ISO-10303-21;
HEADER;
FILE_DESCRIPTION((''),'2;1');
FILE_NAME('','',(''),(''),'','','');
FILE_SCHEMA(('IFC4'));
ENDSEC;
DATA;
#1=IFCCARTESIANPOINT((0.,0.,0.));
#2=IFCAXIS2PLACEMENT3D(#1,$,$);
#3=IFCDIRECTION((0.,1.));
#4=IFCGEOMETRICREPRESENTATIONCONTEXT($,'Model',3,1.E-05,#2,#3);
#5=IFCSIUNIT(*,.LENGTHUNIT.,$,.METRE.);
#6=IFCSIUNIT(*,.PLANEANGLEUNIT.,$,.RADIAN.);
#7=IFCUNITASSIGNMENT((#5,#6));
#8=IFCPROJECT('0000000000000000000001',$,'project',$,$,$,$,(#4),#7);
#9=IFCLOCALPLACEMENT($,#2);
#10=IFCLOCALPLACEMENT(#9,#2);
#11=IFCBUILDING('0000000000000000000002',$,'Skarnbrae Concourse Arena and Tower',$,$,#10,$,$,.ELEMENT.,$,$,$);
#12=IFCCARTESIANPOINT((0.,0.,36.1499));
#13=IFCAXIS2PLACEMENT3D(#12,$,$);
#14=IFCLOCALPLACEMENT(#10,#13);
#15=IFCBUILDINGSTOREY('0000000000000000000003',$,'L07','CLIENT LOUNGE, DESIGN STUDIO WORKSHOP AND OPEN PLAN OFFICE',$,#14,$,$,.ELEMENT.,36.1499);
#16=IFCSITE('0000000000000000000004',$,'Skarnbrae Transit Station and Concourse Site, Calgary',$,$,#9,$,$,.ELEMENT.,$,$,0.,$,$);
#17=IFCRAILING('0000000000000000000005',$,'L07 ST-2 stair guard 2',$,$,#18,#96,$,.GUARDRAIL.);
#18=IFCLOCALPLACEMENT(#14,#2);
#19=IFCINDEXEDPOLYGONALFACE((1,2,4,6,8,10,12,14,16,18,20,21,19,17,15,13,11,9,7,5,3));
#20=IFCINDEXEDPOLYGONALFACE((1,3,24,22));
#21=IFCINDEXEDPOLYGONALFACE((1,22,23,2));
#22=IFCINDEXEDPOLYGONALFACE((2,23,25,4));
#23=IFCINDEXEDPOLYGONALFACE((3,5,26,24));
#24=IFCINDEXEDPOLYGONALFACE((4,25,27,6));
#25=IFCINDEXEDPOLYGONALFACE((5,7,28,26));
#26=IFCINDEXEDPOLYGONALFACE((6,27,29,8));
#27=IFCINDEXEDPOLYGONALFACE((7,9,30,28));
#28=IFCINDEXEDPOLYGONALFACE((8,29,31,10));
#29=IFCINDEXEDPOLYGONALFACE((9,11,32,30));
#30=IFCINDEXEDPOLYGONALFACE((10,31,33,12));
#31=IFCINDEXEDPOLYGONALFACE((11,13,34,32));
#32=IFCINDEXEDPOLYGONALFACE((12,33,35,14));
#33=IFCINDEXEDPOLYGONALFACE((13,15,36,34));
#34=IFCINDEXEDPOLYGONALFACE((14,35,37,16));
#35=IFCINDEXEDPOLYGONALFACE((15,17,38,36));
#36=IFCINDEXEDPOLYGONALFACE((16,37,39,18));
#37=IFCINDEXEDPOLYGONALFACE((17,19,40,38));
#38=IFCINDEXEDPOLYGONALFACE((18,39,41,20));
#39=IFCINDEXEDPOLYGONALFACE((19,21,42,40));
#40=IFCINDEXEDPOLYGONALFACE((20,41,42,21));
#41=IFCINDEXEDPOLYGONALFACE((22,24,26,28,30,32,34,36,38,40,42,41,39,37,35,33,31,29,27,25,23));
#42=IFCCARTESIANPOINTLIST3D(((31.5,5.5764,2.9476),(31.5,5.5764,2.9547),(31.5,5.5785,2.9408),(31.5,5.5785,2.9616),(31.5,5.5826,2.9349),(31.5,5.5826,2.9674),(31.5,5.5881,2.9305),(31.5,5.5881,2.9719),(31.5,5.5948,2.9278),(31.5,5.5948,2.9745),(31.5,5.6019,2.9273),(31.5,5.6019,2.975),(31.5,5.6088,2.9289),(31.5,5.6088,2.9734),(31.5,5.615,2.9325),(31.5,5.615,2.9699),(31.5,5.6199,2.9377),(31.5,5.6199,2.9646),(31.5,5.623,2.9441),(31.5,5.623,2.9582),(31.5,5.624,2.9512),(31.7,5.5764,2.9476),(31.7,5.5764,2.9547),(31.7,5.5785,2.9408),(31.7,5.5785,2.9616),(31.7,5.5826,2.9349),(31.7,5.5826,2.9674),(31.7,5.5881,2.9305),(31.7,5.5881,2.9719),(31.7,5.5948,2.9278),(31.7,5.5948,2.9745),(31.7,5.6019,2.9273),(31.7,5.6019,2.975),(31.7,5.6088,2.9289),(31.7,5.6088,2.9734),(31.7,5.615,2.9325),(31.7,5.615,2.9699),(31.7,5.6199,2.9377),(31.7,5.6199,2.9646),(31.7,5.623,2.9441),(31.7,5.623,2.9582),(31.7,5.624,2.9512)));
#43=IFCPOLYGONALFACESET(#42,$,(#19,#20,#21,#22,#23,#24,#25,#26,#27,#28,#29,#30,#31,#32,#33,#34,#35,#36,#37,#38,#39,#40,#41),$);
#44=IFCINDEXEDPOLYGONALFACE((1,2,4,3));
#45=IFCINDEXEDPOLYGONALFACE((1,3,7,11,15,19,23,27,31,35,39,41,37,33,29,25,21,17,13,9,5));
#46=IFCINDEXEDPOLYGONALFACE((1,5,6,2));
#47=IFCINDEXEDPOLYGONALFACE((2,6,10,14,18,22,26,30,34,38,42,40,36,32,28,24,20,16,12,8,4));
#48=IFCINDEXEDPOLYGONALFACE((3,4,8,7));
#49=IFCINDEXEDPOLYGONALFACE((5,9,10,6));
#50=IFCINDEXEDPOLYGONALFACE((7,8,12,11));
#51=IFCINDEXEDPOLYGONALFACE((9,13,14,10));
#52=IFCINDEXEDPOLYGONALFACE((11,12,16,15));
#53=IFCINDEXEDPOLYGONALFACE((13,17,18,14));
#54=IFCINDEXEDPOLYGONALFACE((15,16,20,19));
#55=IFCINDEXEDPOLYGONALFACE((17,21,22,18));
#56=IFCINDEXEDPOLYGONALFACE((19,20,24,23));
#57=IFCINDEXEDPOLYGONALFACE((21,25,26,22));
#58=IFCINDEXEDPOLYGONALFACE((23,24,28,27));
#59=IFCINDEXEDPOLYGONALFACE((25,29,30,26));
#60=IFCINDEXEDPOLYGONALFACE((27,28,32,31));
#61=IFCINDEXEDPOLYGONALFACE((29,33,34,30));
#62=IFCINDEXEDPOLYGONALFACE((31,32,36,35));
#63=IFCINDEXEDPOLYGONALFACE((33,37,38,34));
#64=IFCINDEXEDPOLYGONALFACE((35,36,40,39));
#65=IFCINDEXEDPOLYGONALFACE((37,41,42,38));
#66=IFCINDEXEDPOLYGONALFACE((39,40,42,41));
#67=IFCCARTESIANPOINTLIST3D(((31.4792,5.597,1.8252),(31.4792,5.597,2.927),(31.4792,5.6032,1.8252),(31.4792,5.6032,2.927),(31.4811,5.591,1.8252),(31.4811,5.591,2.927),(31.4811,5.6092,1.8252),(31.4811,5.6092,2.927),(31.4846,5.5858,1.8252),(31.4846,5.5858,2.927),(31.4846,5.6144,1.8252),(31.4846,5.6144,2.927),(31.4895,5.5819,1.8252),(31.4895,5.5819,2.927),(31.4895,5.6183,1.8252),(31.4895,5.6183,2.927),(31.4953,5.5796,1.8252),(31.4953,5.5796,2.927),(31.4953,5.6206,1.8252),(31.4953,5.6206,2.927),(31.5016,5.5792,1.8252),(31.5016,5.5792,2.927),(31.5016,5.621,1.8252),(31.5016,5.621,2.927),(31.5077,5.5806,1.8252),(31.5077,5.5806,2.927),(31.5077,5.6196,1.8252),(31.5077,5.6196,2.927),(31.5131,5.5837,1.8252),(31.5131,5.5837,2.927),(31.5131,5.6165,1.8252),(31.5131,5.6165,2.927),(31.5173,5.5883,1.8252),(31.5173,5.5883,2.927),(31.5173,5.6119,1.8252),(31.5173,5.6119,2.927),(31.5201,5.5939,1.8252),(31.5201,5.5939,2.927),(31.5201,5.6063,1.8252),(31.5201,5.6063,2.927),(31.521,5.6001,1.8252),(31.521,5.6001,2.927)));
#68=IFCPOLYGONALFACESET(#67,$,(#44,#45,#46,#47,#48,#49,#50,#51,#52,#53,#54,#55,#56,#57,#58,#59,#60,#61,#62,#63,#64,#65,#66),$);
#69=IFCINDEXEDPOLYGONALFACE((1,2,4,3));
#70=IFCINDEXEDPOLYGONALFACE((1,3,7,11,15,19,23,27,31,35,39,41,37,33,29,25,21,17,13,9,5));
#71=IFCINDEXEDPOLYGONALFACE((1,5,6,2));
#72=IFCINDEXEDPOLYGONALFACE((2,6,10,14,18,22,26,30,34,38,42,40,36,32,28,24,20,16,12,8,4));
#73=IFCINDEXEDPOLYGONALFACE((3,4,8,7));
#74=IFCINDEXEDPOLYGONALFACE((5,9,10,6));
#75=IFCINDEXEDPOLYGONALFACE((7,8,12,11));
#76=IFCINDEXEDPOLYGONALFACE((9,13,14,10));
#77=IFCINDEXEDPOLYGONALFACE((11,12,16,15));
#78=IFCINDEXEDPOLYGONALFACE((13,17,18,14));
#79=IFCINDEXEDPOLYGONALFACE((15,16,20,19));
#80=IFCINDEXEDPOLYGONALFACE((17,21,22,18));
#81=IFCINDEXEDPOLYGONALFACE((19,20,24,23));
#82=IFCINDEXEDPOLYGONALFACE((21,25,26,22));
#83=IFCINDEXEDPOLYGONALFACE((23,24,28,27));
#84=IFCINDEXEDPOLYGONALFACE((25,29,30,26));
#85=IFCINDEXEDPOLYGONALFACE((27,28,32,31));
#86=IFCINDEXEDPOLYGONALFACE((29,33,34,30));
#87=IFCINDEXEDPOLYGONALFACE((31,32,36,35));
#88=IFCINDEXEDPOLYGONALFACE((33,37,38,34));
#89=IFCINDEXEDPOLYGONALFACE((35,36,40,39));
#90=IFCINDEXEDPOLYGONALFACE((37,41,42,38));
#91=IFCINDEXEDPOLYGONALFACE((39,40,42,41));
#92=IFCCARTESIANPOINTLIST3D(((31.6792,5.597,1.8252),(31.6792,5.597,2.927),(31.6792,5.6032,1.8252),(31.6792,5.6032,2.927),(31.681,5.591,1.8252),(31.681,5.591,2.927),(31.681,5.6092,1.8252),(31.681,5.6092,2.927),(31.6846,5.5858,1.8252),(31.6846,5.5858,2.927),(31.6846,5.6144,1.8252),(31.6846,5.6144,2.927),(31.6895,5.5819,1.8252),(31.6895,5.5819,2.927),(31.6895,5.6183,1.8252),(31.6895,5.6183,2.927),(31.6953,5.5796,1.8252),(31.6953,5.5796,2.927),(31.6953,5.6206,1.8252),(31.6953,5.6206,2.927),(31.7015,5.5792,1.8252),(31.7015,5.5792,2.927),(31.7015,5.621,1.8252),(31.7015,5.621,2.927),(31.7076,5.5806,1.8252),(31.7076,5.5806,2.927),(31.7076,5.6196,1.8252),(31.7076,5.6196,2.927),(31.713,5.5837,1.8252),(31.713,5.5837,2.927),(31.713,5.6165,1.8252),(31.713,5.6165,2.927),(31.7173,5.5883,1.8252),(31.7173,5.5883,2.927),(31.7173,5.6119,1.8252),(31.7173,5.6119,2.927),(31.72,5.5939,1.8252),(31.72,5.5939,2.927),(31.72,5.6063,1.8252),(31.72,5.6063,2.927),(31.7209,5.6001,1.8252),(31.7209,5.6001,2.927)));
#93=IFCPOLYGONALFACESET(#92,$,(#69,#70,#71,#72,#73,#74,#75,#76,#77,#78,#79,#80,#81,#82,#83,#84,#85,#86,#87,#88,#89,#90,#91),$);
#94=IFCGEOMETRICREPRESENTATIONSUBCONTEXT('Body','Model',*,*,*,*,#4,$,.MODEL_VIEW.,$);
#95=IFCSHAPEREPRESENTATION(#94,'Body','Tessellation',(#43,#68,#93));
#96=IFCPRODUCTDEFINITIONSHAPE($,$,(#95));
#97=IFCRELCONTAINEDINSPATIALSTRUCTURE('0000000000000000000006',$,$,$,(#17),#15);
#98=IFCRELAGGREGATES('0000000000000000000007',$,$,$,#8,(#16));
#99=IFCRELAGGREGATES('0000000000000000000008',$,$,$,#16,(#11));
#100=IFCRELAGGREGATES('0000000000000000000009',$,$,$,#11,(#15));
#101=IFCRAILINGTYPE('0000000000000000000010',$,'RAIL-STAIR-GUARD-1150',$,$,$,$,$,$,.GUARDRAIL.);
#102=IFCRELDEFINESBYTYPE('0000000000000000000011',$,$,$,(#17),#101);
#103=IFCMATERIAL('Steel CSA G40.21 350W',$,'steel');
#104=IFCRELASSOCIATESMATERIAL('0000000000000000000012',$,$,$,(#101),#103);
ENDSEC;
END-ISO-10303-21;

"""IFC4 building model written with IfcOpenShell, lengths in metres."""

from ifc_helpers import new_model, si_unit, direction, frame, origin, origin_2d, place, context, subcontext, project, spatial, circle, extrude, material, type_object, element, save


model = new_model("IFC4")

# Units and contexts
model_context = context("Model", 3, precision=1e-05, world=origin(), true_north=direction((0.0, 1.0)))
body_context = subcontext(model_context, "Body", "Model", "MODEL_VIEW")
ifc_project = project(units=[si_unit("LENGTHUNIT", "METRE"), si_unit("PLANEANGLEUNIT", "RADIAN")], contexts=[model_context])

# Site, building, storey
site_placement = place(None, origin())
site = spatial("IfcSite", under=ifc_project, at=site_placement, Name="Skarnbrae Transit Station and Concourse Site, Calgary", CompositionType="ELEMENT", RefElevation=0.0)
building_placement = place(site_placement, origin())
building = spatial("IfcBuilding", under=site, at=building_placement, Name="Skarnbrae Concourse Arena and Tower", CompositionType="ELEMENT")
storey_placement = place(building_placement, frame((0.0, 0.0, 36.1499)))
storey = spatial("IfcBuildingStorey", under=building, at=storey_placement, Name="L07", Description="CLIENT LOUNGE, DESIGN STUDIO WORKSHOP AND OPEN PLAN OFFICE", CompositionType="ELEMENT", Elevation=36.1499)

# Shared definitions
ifc_material_1 = material(Name="Steel CSA G40.21 350W", Category="steel")

# Railing
railing_type_1 = type_object("IfcRailingType", Name="RAIL-STAIR-GUARD-1150", PredefinedType="GUARDRAIL", material=ifc_material_1)
railing_1_placement = place(storey_placement, frame((31.5, 5.6001, 1.8252)))
element("IfcRailing", 1, at=railing_1_placement, inside=storey, type_object=railing_type_1, Name="L07 ST-2 stair guard 2", PredefinedType="GUARDRAIL", context=body_context, shape_type="SweptSolid", body=[
    extrude(circle(Radius=0.0239, at=origin_2d()), frame((0.0, 0.0, 1.126), z_axis=(1.0, 0.0, 0.0), x_axis=(0.0, 1.0, 0.0)), (0.0, 0.0, 1.0), 0.2),
    extrude(circle(Radius=0.021, at=origin_2d()), origin(), (0.0, 0.0, 1.0), 1.1018),
    extrude(circle(Radius=0.021, at=origin_2d()), frame((0.2, 0.0, 0.0)), (0.0, 0.0, 1.0), 1.1018),
])

save(model, "model.ifc")
